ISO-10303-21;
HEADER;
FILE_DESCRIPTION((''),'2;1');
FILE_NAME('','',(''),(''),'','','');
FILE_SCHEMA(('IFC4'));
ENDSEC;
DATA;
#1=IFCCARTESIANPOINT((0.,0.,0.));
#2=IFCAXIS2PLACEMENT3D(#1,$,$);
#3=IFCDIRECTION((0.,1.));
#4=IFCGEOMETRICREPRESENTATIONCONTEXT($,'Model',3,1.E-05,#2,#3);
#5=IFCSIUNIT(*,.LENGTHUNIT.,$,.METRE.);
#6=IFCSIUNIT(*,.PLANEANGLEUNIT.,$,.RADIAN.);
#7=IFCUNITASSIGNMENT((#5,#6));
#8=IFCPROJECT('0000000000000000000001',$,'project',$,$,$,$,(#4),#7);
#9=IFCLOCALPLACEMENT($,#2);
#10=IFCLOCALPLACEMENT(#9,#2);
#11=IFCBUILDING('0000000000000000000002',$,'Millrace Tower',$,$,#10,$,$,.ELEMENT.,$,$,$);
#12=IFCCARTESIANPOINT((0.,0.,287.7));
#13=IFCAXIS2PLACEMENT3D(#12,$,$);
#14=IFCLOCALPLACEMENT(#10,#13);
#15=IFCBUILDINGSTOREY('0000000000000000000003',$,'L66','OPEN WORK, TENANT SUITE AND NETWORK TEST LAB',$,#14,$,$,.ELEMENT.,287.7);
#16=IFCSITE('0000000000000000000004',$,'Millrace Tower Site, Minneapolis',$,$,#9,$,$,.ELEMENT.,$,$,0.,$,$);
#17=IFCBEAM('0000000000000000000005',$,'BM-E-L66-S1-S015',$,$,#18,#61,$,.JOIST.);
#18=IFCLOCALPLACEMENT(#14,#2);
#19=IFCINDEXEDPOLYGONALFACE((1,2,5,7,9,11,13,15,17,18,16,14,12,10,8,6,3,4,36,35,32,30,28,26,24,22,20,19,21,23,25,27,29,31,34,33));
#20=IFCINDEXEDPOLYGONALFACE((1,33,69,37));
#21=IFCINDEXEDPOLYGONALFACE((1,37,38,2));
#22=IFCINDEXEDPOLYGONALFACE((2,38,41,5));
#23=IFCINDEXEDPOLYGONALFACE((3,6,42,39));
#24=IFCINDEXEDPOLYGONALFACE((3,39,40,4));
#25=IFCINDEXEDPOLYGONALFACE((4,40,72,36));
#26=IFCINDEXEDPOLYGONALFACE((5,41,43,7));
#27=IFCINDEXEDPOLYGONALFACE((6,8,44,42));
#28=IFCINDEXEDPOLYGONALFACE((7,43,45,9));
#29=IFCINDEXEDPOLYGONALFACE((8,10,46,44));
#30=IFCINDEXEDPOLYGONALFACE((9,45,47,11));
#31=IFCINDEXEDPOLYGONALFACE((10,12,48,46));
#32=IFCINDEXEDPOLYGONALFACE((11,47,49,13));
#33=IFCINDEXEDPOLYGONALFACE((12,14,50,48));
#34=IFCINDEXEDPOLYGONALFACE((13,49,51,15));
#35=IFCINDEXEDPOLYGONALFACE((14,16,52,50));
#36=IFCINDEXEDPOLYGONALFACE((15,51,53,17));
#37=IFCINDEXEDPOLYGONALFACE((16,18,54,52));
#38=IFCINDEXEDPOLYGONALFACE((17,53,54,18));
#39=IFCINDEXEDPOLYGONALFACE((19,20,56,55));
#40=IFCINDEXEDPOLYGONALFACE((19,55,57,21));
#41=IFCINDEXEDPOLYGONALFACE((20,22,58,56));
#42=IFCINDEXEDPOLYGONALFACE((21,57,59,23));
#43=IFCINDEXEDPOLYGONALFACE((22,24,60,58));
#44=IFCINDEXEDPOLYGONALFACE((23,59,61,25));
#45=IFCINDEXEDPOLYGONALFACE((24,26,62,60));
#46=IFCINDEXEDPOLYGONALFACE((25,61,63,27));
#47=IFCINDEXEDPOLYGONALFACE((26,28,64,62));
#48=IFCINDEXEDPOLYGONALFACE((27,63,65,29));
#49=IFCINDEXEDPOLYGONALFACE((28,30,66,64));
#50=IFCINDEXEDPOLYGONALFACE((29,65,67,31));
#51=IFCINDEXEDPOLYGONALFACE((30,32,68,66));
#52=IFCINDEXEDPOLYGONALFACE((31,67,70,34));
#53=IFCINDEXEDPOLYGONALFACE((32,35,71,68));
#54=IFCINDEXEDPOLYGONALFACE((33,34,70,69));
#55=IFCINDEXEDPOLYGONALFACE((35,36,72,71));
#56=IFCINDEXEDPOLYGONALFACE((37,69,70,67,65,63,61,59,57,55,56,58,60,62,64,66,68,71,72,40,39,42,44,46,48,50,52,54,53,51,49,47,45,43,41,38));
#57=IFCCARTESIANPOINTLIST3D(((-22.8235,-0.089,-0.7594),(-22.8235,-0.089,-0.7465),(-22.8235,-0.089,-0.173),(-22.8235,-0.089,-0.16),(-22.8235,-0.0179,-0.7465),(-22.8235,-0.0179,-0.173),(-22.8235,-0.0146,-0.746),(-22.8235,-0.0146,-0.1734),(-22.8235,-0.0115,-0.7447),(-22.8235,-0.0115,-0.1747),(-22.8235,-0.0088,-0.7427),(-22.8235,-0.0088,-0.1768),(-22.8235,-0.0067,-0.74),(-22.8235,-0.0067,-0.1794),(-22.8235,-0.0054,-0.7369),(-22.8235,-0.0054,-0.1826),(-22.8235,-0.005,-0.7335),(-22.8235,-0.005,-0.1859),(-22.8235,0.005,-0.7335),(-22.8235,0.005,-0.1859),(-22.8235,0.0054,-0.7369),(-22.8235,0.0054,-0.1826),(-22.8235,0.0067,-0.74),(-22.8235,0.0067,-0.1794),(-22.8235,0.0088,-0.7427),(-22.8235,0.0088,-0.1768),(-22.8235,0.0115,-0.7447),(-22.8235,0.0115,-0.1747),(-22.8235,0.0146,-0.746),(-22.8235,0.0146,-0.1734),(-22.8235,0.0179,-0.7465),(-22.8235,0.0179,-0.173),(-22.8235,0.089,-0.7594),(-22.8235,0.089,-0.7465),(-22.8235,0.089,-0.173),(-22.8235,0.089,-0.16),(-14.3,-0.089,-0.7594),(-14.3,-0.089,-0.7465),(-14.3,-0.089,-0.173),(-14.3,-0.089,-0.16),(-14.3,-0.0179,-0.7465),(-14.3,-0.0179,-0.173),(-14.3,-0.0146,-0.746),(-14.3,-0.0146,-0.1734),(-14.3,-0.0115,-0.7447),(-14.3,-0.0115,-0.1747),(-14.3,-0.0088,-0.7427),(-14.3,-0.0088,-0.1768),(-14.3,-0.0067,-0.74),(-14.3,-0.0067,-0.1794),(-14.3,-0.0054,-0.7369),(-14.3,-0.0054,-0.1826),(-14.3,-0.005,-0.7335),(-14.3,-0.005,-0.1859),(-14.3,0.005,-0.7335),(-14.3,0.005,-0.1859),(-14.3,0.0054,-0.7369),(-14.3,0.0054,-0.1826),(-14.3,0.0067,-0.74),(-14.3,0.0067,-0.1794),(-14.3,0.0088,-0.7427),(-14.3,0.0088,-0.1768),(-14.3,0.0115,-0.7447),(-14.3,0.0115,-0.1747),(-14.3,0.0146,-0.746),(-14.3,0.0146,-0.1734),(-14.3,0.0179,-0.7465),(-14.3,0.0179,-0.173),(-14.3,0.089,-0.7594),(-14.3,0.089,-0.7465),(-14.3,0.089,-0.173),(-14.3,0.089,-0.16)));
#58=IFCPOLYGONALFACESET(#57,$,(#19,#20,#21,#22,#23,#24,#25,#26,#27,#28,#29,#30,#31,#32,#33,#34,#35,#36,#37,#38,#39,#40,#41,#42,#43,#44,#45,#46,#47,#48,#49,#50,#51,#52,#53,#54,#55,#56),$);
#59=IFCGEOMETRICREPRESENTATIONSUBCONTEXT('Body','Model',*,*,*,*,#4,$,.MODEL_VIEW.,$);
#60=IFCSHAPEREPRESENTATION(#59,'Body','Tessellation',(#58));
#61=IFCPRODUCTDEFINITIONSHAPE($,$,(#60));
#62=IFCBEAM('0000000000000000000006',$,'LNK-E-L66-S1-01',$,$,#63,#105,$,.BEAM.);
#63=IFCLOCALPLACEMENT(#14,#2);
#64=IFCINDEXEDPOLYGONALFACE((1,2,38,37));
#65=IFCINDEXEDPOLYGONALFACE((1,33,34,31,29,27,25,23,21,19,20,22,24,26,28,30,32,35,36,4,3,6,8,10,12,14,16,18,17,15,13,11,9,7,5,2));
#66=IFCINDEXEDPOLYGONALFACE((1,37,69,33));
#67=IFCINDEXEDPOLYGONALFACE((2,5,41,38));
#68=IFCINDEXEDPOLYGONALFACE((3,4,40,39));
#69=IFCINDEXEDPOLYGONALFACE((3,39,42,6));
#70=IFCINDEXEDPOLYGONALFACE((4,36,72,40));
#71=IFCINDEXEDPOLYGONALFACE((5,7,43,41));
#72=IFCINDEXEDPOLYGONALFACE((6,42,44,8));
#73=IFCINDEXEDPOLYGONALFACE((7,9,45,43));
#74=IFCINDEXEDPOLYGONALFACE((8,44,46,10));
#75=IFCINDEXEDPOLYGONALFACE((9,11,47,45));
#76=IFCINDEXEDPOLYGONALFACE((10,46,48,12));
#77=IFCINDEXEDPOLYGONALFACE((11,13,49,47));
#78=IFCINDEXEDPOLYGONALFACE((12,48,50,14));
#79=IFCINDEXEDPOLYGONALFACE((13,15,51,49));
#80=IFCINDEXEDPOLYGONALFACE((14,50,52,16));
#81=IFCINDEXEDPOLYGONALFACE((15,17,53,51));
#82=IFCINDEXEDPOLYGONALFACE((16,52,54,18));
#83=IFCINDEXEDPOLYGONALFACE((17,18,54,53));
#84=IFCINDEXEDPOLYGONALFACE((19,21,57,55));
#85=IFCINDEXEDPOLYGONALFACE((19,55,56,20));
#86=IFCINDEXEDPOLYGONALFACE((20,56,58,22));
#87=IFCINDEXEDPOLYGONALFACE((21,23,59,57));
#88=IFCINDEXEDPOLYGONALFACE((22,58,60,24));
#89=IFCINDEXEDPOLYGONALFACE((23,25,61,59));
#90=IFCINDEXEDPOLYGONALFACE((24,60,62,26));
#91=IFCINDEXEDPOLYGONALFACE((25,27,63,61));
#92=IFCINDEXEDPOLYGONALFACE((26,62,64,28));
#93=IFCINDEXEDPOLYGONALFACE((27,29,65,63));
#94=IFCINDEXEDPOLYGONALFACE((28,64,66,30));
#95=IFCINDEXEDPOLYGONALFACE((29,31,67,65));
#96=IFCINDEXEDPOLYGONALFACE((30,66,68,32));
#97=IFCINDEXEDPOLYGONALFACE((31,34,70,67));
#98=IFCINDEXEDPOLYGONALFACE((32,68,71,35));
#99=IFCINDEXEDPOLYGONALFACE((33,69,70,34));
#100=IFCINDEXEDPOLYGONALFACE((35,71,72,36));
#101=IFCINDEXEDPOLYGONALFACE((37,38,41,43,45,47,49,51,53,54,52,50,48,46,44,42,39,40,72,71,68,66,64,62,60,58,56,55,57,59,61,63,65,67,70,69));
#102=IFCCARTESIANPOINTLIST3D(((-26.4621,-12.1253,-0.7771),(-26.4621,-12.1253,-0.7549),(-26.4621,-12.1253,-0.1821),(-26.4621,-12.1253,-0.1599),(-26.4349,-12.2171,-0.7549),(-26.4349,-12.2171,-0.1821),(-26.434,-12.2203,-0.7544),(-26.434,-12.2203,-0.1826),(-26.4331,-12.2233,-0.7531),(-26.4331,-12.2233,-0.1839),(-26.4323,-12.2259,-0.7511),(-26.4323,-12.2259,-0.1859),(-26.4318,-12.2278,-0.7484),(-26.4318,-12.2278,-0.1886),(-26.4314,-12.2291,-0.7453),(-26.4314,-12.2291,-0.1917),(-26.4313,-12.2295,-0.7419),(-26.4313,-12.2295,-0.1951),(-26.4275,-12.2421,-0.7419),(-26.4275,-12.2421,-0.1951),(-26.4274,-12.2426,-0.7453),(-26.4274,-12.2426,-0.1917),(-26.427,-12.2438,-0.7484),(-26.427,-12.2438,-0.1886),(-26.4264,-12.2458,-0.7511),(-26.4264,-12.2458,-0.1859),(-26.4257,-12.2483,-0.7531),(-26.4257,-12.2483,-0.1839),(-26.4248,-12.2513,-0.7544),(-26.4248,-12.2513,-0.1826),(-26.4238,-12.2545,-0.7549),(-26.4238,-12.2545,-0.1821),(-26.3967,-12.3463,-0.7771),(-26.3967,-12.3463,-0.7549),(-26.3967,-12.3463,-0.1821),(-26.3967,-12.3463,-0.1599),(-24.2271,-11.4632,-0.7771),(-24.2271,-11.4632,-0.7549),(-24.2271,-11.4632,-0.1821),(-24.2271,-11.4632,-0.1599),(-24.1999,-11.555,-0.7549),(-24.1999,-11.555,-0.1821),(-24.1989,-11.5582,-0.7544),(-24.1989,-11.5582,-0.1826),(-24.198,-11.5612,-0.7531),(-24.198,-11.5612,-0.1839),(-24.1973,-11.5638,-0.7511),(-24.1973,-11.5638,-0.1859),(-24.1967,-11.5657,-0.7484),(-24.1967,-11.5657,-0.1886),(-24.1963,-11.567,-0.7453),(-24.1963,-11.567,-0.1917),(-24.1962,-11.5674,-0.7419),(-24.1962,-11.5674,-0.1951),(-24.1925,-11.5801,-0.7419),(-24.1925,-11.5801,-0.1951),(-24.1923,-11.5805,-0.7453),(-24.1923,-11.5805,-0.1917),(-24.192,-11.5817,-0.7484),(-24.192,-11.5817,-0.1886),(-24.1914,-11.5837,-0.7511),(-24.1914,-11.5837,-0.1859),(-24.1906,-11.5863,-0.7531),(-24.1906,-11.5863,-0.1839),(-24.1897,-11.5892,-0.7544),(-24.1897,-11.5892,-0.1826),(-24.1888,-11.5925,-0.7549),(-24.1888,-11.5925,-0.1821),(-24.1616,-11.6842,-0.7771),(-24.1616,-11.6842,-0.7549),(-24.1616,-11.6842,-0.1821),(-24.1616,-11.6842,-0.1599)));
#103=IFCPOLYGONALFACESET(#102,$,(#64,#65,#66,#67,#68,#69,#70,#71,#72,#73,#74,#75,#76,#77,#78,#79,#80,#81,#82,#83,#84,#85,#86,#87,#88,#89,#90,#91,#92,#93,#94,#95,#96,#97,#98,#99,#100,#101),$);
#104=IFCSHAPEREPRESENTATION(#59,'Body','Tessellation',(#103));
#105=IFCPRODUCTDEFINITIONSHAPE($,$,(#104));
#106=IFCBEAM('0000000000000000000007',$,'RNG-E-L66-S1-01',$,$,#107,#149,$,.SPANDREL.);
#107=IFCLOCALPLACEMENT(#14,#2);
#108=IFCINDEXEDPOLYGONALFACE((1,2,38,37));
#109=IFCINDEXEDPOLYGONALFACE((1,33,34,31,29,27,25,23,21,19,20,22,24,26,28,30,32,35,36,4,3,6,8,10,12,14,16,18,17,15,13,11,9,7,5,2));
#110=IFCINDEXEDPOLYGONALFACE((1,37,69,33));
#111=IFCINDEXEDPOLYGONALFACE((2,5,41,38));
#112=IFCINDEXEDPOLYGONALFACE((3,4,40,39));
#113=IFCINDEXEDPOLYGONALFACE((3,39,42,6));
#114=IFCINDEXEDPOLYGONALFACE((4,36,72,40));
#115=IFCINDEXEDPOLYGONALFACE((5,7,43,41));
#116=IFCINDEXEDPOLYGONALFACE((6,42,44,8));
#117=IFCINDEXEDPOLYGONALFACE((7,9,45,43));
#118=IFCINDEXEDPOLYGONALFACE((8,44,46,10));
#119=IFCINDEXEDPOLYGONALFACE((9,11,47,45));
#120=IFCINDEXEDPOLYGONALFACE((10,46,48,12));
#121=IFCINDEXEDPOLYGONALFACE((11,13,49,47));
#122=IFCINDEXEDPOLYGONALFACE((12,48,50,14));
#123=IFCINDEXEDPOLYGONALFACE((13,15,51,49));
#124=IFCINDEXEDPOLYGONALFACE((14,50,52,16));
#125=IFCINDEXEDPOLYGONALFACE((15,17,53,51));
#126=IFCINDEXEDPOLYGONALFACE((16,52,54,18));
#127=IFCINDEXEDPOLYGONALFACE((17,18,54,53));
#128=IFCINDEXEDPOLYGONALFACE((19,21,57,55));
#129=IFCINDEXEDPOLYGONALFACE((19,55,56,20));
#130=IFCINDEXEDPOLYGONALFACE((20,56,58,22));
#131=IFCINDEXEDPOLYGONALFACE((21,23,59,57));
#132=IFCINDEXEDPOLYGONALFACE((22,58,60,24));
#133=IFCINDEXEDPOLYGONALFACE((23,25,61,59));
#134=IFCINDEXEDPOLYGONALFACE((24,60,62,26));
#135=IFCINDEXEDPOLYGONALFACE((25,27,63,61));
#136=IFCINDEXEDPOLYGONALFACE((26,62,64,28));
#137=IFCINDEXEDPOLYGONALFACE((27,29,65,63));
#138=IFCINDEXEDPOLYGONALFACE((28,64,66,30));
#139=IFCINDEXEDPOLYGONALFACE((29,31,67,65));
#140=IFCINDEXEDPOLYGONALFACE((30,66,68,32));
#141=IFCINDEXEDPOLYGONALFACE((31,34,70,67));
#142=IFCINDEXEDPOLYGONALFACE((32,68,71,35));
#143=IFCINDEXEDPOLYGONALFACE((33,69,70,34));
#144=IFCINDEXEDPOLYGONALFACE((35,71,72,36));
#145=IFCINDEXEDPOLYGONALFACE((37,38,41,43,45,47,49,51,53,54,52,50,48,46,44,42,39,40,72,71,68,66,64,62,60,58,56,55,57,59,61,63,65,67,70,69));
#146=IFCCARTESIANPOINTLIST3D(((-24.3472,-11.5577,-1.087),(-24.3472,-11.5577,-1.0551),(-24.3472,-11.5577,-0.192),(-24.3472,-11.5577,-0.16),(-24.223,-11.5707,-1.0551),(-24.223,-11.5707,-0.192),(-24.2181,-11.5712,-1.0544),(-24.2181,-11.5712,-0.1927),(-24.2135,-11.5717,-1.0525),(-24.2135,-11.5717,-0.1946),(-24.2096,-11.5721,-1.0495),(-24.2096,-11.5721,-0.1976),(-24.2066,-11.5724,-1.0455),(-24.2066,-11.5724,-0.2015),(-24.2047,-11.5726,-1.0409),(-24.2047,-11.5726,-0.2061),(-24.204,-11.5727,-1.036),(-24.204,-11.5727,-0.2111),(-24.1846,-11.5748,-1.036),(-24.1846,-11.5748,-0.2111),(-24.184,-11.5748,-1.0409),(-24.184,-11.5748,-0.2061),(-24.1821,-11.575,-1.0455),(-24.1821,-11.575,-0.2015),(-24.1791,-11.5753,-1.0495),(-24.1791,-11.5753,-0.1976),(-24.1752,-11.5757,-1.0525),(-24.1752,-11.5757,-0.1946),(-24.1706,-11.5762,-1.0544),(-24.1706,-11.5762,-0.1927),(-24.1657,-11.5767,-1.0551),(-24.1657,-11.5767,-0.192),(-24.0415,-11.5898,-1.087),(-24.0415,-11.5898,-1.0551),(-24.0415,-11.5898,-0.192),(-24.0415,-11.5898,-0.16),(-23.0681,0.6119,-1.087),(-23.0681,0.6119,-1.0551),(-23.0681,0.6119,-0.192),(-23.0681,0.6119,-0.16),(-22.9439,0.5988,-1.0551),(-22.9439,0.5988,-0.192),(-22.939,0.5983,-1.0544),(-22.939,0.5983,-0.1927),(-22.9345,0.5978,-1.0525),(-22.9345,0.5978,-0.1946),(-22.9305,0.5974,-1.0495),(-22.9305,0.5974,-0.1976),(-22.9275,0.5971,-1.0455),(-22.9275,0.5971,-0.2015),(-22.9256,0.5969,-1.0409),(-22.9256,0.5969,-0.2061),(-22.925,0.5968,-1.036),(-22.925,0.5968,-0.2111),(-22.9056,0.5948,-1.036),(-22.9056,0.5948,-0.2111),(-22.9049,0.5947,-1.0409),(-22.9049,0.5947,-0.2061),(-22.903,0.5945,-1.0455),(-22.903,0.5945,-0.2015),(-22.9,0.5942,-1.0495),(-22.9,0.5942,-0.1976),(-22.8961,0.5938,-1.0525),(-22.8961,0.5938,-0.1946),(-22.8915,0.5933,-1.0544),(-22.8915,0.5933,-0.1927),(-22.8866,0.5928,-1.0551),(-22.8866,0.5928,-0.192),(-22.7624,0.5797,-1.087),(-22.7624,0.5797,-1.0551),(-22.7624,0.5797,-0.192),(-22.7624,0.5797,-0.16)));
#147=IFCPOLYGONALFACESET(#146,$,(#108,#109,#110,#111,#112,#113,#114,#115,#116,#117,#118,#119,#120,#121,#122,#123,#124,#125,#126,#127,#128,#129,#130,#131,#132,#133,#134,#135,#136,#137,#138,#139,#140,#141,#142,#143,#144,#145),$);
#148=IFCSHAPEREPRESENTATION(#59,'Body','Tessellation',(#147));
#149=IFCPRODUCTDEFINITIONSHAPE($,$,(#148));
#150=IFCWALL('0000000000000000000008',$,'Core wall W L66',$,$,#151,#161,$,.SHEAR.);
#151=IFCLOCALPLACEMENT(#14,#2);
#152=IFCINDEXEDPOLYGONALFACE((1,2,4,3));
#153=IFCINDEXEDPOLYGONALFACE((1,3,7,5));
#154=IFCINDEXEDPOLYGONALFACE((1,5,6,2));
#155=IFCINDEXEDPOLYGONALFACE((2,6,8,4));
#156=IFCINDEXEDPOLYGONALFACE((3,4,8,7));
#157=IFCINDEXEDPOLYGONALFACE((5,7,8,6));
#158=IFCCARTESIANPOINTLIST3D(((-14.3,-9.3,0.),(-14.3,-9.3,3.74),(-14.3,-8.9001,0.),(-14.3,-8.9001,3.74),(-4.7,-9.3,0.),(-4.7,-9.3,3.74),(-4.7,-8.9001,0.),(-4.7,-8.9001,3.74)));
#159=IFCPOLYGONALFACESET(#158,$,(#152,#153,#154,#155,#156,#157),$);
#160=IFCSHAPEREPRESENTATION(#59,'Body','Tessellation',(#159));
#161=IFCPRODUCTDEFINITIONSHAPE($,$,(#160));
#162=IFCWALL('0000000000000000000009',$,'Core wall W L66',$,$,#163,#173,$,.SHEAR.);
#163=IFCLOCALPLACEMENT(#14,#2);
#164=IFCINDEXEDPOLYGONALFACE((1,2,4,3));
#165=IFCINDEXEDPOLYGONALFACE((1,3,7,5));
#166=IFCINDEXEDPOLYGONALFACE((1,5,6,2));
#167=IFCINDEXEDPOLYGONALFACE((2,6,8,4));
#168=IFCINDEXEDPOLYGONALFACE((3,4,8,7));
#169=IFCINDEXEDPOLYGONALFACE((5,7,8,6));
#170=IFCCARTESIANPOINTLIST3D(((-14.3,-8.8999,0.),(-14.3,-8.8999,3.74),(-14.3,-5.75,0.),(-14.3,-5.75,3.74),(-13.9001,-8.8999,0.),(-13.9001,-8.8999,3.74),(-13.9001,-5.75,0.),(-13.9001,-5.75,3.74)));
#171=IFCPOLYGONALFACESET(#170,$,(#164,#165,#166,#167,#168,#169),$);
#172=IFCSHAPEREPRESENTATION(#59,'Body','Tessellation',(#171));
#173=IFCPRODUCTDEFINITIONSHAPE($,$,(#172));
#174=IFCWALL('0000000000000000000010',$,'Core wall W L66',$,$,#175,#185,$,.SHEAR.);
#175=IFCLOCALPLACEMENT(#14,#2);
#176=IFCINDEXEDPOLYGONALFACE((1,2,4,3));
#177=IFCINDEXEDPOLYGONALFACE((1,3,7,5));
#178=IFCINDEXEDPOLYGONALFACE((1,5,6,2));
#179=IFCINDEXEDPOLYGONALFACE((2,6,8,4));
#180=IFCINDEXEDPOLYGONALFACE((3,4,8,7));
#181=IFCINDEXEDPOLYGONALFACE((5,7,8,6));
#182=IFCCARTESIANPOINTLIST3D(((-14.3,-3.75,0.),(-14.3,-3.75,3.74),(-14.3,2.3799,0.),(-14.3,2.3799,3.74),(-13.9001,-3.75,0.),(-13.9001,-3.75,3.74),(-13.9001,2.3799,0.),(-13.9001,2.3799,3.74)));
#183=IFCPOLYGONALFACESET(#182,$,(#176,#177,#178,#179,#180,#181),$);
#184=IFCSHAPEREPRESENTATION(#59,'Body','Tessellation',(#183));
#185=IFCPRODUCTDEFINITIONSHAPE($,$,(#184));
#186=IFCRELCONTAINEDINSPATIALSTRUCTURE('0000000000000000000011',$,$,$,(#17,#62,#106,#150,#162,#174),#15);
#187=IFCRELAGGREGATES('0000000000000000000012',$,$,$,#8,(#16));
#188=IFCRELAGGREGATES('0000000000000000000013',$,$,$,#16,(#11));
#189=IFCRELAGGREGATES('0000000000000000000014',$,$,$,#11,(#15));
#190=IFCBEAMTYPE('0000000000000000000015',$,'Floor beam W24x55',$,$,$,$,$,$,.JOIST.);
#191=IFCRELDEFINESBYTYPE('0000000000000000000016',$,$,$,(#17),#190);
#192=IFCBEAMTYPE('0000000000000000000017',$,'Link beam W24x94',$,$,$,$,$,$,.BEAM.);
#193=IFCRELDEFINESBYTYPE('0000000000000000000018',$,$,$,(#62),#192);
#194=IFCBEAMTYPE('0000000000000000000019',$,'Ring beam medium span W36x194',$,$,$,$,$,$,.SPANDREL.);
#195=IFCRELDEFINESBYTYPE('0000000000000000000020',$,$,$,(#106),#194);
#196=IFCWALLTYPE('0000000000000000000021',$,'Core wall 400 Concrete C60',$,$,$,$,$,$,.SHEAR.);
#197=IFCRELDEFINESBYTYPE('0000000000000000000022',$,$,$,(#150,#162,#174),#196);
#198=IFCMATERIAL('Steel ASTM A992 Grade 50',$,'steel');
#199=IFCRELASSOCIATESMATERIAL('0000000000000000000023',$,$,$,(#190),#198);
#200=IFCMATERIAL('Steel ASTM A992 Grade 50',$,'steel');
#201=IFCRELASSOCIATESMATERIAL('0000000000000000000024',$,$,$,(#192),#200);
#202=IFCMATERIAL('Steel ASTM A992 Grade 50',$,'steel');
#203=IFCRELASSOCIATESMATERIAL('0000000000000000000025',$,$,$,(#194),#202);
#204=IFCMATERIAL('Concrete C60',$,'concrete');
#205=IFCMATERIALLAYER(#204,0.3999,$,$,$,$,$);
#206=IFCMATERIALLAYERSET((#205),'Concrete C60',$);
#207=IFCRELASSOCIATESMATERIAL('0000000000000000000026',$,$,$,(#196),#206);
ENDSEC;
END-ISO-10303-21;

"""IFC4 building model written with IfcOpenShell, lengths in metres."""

from ifc_helpers import new_model, si_unit, direction, frame, frame_2d, origin, origin_2d, place, context, subcontext, project, spatial, rectangle, i_section, extrude, material, layer, layer_set, material_profile, profile_set, type_object, element, save


model = new_model("IFC4")

# Units and contexts
model_context = context("Model", 3, precision=1e-05, world=origin(), true_north=direction((0.0, 1.0)))
body_context = subcontext(model_context, "Body", "Model", "MODEL_VIEW")
ifc_project = project(units=[si_unit("LENGTHUNIT", "METRE"), si_unit("PLANEANGLEUNIT", "RADIAN")], contexts=[model_context])

# Site, building, storey
site_placement = place(None, origin())
site = spatial("IfcSite", under=ifc_project, at=site_placement, Name="Millrace Tower Site, Minneapolis", CompositionType="ELEMENT", RefElevation=0.0)
building_placement = place(site_placement, origin())
building = spatial("IfcBuilding", under=site, at=building_placement, Name="Millrace Tower", CompositionType="ELEMENT")
storey_placement = place(building_placement, frame((0.0, 0.0, 287.7)))
storey = spatial("IfcBuildingStorey", under=building, at=storey_placement, Name="L66", Description="OPEN WORK, TENANT SUITE AND NETWORK TEST LAB", CompositionType="ELEMENT", Elevation=287.7)

# Beams
ifc_material_1 = material(Name="Steel ASTM A992 Grade 50", Category="steel")
ifc_material_profile_1 = material_profile(ifc_material_1, i_section(OverallWidth=0.178, OverallDepth=0.5994, WebThickness=0.01, FlangeThickness=0.0129, FilletRadius=0.0129, at=origin_2d()))
ifc_profile_set_1 = profile_set([ifc_material_profile_1], Name="Steel ASTM A992 Grade 50")
beam_type_1 = type_object("IfcBeamType", Name="Floor beam W24x55", PredefinedType="JOIST", material=ifc_profile_set_1)
beam_1_placement = place(storey_placement, frame((-22.8235, 0.0, -0.4597), z_axis=(1.0, 0.0, 0.0), x_axis=(0.0, 1.0, 0.0)))
element("IfcBeam", 1, at=beam_1_placement, inside=storey, type_object=beam_type_1, Name="BM-E-L66-S1-S015", PredefinedType="JOIST", context=body_context, shape_type="SweptSolid", body=[
    extrude(i_section(OverallWidth=0.178, OverallDepth=0.5994, WebThickness=0.01, FlangeThickness=0.0129, FilletRadius=0.0129, at=origin_2d()), origin(), (0.0, 0.0, 1.0), 8.5234),
])
ifc_material_2 = material(Name="Steel ASTM A992 Grade 50", Category="steel")
ifc_material_profile_2 = material_profile(ifc_material_2, i_section(OverallWidth=0.2305, OverallDepth=0.6172, WebThickness=0.0132, FlangeThickness=0.0222, FilletRadius=0.0129, at=origin_2d()))
ifc_profile_set_2 = profile_set([ifc_material_profile_2], Name="Steel ASTM A992 Grade 50")
beam_type_2 = type_object("IfcBeamType", Name="Link beam W24x94", PredefinedType="BEAM", material=ifc_profile_set_2)
beam_2_placement = place(storey_placement, frame((-24.1943, -11.5737, -0.4685), z_axis=(-0.958815, -0.284031, 0.0), x_axis=(0.284031, -0.958815, 0.0)))
element("IfcBeam", 2, at=beam_2_placement, inside=storey, type_object=beam_type_2, Name="LNK-E-L66-S1-01", PredefinedType="BEAM", context=body_context, shape_type="SweptSolid", body=[
    extrude(i_section(OverallWidth=0.2305, OverallDepth=0.6172, WebThickness=0.0132, FlangeThickness=0.0222, FilletRadius=0.0129, at=origin_2d()), origin(), (0.0, 0.0, 1.0), 2.3311),
])
ifc_material_3 = material(Name="Steel ASTM A992 Grade 50", Category="steel")
ifc_material_profile_3 = material_profile(ifc_material_3, i_section(OverallWidth=0.3074, OverallDepth=0.927, WebThickness=0.0195, FlangeThickness=0.032, FilletRadius=0.019, at=origin_2d()))
ifc_profile_set_3 = profile_set([ifc_material_profile_3], Name="Steel ASTM A992 Grade 50")
beam_type_3 = type_object("IfcBeamType", Name="Ring beam medium span W36x194", PredefinedType="SPANDREL", material=ifc_profile_set_3)
beam_3_placement = place(storey_placement, frame((-24.1943, -11.5737, -0.6235), z_axis=(0.104528, 0.994522, 0.0), x_axis=(-0.994522, 0.104528, 0.0)))
element("IfcBeam", 3, at=beam_3_placement, inside=storey, type_object=beam_type_3, Name="RNG-E-L66-S1-01", PredefinedType="SPANDREL", context=body_context, shape_type="SweptSolid", body=[
    extrude(i_section(OverallWidth=0.3074, OverallDepth=0.927, WebThickness=0.0195, FlangeThickness=0.032, FilletRadius=0.019, at=origin_2d()), origin(), (0.0, 0.0, 1.0), 12.2366),
])

# Walls
ifc_material_4 = material(Name="Concrete C60", Category="concrete")
ifc_layer_1 = layer(ifc_material_4, 0.3999)
ifc_layer_set_1 = layer_set([ifc_layer_1], Name="Concrete C60")
wall_type_1 = type_object("IfcWallType", Name="Core wall 400 Concrete C60", PredefinedType="SHEAR", material=ifc_layer_set_1)
wall_1_placement = place(storey_placement, frame((-14.3, -9.1001, 0.0), z_axis=(0.0, 0.0, 1.0), x_axis=(1.0, 0.0, 0.0)))
element("IfcWall", 4, at=wall_1_placement, inside=storey, type_object=wall_type_1, Name="Core wall W L66", PredefinedType="SHEAR", context=body_context, shape_type="SweptSolid", body=[
    extrude(rectangle(XDim=9.6001, YDim=0.3999, at=frame_2d((4.8, 0.0))), origin(), (0.0, 0.0, 1.0), 3.74),
])
wall_2_placement = place(storey_placement, frame((-14.1001, -8.8999, 0.0), z_axis=(0.0, 0.0, 1.0), x_axis=(0.0, 1.0, 0.0)))
element("IfcWall", 5, at=wall_2_placement, inside=storey, type_object=wall_type_1, Name="Core wall W L66", PredefinedType="SHEAR", context=body_context, shape_type="SweptSolid", body=[
    extrude(rectangle(XDim=3.1499, YDim=0.3999, at=frame_2d((1.575, 0.0))), origin(), (0.0, 0.0, 1.0), 3.74),
])
wall_3_placement = place(storey_placement, frame((-14.1001, -3.75, 0.0), z_axis=(0.0, 0.0, 1.0), x_axis=(0.0, 1.0, 0.0)))
element("IfcWall", 6, at=wall_3_placement, inside=storey, type_object=wall_type_1, Name="Core wall W L66", PredefinedType="SHEAR", context=body_context, shape_type="SweptSolid", body=[
    extrude(rectangle(XDim=6.1299, YDim=0.3999, at=frame_2d((3.0649, 0.0))), origin(), (0.0, 0.0, 1.0), 3.74),
])

save(model, "model.ifc")
